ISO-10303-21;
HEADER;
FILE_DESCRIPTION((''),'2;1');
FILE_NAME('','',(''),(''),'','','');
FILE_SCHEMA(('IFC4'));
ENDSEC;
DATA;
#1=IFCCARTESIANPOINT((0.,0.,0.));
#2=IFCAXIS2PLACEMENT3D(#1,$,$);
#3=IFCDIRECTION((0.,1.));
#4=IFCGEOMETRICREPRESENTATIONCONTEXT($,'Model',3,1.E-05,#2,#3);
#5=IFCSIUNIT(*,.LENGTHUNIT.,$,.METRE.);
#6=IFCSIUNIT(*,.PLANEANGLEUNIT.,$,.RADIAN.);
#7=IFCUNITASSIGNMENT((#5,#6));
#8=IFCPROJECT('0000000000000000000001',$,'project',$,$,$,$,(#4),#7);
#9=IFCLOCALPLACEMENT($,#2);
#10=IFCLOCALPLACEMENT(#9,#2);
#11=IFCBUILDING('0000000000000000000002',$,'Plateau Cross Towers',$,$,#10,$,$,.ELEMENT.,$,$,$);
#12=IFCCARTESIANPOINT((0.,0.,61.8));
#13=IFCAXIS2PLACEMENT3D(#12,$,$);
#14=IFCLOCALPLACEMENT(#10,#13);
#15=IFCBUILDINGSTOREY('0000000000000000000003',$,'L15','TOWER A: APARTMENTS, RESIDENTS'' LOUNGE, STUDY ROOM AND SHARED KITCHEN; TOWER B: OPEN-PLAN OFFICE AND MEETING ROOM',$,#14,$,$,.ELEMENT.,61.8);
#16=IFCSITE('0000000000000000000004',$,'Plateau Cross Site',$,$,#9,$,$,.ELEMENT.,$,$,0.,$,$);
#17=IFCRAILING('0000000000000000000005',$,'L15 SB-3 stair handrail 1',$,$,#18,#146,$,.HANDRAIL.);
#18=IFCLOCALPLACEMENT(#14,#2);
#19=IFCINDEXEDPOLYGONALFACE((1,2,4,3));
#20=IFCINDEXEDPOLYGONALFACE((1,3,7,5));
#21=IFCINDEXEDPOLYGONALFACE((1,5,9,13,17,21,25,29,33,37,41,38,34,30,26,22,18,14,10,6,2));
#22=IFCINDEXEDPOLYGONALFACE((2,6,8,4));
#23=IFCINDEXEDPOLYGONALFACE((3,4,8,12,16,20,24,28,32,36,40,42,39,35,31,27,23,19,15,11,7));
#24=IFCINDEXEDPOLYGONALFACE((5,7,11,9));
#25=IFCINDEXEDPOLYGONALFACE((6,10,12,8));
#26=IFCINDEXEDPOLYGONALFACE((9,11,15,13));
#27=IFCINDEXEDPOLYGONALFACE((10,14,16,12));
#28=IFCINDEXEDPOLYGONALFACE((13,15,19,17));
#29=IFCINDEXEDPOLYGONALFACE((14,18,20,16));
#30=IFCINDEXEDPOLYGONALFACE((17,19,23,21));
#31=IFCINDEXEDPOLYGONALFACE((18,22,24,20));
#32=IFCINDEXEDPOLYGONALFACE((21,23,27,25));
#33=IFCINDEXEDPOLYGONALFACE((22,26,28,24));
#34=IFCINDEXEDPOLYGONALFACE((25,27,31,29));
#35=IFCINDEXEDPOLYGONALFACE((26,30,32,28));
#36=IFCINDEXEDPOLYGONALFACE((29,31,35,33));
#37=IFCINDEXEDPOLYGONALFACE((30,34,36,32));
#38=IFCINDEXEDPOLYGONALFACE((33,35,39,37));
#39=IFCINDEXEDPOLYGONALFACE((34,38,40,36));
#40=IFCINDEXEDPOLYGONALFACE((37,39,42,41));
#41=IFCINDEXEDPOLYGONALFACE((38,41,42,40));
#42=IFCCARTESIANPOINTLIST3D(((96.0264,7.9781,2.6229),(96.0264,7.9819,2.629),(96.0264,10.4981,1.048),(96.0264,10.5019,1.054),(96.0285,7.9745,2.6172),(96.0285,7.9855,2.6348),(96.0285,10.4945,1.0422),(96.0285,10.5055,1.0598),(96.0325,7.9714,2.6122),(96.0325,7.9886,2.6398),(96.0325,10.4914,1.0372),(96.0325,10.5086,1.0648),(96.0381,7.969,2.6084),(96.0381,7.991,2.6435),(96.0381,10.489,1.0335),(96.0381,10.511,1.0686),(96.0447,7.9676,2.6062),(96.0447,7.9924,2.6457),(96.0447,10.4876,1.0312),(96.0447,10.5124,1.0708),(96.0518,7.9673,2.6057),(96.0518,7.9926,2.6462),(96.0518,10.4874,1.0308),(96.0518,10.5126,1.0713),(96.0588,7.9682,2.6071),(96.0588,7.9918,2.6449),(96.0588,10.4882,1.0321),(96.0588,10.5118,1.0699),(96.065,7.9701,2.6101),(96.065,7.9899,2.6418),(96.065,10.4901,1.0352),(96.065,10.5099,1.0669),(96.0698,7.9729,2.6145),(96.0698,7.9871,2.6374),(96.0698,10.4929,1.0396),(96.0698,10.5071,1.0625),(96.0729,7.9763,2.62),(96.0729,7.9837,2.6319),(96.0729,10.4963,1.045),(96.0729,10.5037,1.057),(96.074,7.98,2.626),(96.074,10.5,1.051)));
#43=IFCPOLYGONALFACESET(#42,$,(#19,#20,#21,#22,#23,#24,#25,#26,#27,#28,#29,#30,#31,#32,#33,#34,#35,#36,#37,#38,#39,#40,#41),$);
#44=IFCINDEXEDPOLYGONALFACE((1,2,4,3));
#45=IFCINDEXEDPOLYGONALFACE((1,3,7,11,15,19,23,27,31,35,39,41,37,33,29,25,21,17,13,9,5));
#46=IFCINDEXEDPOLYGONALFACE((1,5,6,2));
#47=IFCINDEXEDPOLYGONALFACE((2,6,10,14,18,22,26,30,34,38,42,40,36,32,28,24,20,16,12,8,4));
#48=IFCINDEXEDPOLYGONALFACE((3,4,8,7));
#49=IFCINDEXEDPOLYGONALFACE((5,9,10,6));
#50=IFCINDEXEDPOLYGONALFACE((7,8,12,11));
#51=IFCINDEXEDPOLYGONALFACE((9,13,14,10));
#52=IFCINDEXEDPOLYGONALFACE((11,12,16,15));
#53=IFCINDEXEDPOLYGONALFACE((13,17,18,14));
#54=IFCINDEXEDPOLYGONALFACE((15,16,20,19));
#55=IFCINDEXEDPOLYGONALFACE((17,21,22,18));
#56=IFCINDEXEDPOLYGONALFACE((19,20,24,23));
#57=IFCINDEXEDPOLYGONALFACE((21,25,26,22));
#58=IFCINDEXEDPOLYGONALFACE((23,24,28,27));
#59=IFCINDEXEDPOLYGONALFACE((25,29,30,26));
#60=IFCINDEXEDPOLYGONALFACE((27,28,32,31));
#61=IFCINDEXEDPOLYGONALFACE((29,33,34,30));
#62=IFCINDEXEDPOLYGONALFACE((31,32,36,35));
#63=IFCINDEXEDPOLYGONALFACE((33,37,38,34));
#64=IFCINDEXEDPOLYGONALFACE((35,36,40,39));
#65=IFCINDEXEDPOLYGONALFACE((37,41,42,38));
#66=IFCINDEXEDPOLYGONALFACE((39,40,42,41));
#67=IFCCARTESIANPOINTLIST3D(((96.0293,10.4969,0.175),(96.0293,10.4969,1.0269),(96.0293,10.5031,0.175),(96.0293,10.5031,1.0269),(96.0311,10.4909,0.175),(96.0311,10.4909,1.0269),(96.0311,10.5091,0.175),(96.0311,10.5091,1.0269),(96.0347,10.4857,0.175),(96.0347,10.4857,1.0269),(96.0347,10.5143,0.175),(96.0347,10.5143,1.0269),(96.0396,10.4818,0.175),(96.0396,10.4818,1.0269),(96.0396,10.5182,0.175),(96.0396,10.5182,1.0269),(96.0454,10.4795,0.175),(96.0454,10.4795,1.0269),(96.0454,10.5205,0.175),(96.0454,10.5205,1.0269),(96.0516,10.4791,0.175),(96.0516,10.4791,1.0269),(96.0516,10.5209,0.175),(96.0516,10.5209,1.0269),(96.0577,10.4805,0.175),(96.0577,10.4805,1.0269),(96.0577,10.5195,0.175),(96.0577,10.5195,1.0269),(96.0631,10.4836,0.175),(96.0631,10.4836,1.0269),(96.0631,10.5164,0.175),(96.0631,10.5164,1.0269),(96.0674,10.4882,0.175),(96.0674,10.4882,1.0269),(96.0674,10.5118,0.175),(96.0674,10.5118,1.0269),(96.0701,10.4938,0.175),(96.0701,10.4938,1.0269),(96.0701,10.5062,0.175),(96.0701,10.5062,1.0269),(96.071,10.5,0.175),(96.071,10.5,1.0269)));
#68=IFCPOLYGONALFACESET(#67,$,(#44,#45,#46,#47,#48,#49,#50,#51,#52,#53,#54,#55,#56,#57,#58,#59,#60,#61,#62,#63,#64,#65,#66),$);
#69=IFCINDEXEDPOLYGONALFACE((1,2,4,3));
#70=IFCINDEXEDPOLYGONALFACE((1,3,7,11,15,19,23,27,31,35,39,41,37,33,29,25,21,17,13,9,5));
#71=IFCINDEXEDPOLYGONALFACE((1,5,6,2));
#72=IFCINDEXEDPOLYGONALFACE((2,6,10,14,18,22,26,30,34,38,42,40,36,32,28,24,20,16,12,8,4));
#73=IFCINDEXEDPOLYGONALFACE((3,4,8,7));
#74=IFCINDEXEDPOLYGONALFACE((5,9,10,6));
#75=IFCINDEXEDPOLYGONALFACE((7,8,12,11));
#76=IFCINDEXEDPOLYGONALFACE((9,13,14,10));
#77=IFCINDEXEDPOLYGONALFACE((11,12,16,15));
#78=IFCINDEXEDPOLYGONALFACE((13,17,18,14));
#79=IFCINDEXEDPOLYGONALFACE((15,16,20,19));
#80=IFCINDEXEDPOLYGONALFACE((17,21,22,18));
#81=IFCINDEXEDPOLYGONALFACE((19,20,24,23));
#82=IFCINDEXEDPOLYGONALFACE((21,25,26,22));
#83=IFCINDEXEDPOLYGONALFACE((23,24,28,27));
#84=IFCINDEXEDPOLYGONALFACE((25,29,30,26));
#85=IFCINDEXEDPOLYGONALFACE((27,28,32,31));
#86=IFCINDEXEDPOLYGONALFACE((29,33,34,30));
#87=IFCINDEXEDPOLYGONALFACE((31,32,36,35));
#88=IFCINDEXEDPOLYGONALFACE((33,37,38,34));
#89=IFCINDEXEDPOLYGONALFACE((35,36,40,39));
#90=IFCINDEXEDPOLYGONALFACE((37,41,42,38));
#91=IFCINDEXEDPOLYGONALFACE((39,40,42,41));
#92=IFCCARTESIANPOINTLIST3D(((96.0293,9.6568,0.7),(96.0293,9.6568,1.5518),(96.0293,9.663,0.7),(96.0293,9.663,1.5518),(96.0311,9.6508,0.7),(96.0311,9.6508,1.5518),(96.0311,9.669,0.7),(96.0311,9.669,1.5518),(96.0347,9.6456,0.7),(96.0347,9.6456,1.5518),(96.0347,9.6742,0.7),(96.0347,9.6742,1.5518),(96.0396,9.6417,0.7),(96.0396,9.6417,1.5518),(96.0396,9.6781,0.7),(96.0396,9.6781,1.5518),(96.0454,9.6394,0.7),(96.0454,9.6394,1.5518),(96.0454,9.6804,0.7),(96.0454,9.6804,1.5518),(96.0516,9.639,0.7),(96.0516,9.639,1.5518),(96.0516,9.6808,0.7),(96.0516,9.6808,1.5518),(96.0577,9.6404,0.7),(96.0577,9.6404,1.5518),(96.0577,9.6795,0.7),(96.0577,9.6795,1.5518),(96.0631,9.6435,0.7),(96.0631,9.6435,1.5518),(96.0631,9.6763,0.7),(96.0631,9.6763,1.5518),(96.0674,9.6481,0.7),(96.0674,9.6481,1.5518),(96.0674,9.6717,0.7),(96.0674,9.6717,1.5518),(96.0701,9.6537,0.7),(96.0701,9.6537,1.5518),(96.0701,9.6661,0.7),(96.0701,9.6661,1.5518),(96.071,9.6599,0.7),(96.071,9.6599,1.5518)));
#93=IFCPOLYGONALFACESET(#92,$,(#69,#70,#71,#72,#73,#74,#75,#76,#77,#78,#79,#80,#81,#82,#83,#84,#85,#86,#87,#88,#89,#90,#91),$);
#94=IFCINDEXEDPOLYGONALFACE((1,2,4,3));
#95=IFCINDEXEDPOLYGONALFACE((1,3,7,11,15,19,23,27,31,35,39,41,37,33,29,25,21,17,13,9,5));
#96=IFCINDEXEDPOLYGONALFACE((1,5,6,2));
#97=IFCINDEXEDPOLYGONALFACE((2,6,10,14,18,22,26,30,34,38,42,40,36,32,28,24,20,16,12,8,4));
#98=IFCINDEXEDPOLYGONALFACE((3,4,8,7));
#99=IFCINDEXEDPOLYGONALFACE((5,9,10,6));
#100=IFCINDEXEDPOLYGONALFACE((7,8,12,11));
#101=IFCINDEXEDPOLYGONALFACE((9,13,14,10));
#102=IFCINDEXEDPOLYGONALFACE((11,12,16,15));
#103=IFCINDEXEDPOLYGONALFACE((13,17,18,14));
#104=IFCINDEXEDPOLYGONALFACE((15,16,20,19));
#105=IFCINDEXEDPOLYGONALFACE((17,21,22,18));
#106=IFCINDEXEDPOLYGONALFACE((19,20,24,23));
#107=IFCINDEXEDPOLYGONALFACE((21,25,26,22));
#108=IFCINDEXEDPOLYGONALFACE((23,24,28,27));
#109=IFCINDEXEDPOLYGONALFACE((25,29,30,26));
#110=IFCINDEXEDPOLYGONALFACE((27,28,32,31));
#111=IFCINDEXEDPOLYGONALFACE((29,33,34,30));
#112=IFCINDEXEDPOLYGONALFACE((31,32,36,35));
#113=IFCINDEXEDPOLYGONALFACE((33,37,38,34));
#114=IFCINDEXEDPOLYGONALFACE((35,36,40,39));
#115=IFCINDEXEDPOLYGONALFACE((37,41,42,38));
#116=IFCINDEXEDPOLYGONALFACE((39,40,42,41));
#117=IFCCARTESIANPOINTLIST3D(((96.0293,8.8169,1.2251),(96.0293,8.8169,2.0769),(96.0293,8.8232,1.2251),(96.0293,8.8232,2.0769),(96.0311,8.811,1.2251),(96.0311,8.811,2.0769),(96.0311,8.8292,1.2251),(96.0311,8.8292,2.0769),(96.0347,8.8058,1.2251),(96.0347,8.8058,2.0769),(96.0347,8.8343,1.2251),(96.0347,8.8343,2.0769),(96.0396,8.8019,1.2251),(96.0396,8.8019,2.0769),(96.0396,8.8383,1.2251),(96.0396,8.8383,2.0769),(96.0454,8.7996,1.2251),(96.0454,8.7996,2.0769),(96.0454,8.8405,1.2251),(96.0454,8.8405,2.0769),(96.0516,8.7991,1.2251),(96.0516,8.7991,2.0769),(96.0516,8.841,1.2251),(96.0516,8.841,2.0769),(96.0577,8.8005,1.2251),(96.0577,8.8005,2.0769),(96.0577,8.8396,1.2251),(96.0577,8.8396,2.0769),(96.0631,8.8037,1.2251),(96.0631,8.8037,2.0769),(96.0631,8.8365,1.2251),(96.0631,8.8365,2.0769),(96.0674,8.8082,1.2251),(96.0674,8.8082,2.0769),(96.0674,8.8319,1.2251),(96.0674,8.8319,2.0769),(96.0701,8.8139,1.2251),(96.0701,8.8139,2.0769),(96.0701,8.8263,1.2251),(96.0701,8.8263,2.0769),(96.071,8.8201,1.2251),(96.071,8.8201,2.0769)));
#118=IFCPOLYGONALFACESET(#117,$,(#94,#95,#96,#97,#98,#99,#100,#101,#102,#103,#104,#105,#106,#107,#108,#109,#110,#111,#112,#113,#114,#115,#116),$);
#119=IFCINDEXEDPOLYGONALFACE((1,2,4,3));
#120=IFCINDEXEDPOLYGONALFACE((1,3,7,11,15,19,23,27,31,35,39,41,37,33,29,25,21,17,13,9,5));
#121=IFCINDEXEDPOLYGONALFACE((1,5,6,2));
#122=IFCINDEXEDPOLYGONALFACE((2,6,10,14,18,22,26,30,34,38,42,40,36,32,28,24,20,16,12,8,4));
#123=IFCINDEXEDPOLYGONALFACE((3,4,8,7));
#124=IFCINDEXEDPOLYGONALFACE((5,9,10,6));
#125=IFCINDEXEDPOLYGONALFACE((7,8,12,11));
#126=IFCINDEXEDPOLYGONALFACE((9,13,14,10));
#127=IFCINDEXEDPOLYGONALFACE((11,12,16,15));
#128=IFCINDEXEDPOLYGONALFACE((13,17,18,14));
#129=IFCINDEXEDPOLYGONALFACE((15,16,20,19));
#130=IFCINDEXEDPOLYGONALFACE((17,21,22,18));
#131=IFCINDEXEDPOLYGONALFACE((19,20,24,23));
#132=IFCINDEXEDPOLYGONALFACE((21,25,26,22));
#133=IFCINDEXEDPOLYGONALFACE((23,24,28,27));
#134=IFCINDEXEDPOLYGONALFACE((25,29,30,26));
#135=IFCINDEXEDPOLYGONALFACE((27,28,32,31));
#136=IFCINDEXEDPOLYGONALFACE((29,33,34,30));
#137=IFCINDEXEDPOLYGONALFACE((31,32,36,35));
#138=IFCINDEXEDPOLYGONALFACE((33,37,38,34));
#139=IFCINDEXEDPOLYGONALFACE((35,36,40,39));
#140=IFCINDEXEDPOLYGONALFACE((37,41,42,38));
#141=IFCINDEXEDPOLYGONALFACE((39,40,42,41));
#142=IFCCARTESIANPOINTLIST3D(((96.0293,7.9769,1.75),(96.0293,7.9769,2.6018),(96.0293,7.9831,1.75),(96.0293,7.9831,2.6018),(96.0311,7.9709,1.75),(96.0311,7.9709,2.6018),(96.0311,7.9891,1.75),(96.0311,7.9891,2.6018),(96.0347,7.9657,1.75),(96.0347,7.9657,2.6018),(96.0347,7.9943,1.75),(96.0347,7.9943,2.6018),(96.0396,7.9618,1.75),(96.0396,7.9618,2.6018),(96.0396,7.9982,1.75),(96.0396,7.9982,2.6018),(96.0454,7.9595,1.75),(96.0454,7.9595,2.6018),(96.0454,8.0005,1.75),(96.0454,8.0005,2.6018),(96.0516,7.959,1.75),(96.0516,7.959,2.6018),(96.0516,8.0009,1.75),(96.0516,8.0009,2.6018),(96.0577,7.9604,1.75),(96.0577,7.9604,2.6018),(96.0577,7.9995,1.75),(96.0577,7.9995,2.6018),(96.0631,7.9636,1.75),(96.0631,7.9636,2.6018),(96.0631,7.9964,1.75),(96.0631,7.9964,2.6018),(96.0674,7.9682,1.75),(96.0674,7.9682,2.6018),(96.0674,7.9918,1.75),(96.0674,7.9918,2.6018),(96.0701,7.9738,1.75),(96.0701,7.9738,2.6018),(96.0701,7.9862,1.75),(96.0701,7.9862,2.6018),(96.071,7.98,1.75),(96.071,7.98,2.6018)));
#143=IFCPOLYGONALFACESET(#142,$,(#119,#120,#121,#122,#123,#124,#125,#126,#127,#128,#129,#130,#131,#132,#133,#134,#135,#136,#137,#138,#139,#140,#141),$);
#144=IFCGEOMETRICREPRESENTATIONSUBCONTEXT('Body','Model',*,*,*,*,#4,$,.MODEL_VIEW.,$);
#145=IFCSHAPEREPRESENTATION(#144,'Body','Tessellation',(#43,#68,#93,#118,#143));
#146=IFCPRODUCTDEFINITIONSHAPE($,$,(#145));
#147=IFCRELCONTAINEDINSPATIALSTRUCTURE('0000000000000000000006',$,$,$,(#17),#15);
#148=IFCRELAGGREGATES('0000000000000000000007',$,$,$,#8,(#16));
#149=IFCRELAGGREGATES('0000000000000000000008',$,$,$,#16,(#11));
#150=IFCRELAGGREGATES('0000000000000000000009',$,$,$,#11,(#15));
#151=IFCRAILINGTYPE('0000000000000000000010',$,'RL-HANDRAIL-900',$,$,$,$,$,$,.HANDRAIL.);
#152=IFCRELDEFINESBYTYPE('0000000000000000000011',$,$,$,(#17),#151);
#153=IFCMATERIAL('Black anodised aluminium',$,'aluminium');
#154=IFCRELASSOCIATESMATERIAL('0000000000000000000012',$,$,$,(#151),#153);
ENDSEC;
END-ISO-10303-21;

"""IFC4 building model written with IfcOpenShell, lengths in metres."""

from ifc_helpers import new_model, si_unit, direction, frame, origin, origin_2d, place, context, subcontext, project, spatial, circle, extrude, material, type_object, element, save


model = new_model("IFC4")

# Units and contexts
model_context = context("Model", 3, precision=1e-05, world=origin(), true_north=direction((0.0, 1.0)))
body_context = subcontext(model_context, "Body", "Model", "MODEL_VIEW")
ifc_project = project(units=[si_unit("LENGTHUNIT", "METRE"), si_unit("PLANEANGLEUNIT", "RADIAN")], contexts=[model_context])

# Site, building, storey
site_placement = place(None, origin())
site = spatial("IfcSite", under=ifc_project, at=site_placement, Name="Plateau Cross Site", CompositionType="ELEMENT", RefElevation=0.0)
building_placement = place(site_placement, origin())
building = spatial("IfcBuilding", under=site, at=building_placement, Name="Plateau Cross Towers", CompositionType="ELEMENT")
storey_placement = place(building_placement, frame((0.0, 0.0, 61.8)))
storey = spatial("IfcBuildingStorey", under=building, at=storey_placement, Name="L15", Description="TOWER A: APARTMENTS, RESIDENTS' LOUNGE, STUDY ROOM AND SHARED KITCHEN; TOWER B: OPEN-PLAN OFFICE AND MEETING ROOM", CompositionType="ELEMENT", Elevation=61.8)

# Shared definitions
ifc_material_1 = material(Name="Black anodised aluminium", Category="aluminium")

# Railing
railing_type_1 = type_object("IfcRailingType", Name="RL-HANDRAIL-900", PredefinedType="HANDRAIL", material=ifc_material_1)
railing_1_placement = place(storey_placement, frame((96.05, 10.5, 0.175)))
element("IfcRailing", 1, at=railing_1_placement, inside=storey, type_object=railing_type_1, Name="L15 SB-3 stair handrail 1", PredefinedType="HANDRAIL", context=body_context, shape_type="SweptSolid", body=[
    extrude(circle(Radius=0.0239, at=origin_2d()), frame((0.0, 0.0, 0.876), z_axis=(0.0, -0.848008, 0.529984), x_axis=(1.0, 0.0, 0.0)), (0.0, 0.0, 1.0), 2.9717),
    extrude(circle(Radius=0.021, at=origin_2d()), origin(), (0.0, 0.0, 1.0), 0.8518),
    extrude(circle(Radius=0.021, at=origin_2d()), frame((0.0, -0.8401, 0.5249)), (0.0, 0.0, 1.0), 0.8518),
    extrude(circle(Radius=0.021, at=origin_2d()), frame((0.0, -1.6799, 1.05)), (0.0, 0.0, 1.0), 0.8518),
    extrude(circle(Radius=0.021, at=origin_2d()), frame((0.0, -2.52, 1.575)), (0.0, 0.0, 1.0), 0.8518),
])

save(model, "model.ifc")
